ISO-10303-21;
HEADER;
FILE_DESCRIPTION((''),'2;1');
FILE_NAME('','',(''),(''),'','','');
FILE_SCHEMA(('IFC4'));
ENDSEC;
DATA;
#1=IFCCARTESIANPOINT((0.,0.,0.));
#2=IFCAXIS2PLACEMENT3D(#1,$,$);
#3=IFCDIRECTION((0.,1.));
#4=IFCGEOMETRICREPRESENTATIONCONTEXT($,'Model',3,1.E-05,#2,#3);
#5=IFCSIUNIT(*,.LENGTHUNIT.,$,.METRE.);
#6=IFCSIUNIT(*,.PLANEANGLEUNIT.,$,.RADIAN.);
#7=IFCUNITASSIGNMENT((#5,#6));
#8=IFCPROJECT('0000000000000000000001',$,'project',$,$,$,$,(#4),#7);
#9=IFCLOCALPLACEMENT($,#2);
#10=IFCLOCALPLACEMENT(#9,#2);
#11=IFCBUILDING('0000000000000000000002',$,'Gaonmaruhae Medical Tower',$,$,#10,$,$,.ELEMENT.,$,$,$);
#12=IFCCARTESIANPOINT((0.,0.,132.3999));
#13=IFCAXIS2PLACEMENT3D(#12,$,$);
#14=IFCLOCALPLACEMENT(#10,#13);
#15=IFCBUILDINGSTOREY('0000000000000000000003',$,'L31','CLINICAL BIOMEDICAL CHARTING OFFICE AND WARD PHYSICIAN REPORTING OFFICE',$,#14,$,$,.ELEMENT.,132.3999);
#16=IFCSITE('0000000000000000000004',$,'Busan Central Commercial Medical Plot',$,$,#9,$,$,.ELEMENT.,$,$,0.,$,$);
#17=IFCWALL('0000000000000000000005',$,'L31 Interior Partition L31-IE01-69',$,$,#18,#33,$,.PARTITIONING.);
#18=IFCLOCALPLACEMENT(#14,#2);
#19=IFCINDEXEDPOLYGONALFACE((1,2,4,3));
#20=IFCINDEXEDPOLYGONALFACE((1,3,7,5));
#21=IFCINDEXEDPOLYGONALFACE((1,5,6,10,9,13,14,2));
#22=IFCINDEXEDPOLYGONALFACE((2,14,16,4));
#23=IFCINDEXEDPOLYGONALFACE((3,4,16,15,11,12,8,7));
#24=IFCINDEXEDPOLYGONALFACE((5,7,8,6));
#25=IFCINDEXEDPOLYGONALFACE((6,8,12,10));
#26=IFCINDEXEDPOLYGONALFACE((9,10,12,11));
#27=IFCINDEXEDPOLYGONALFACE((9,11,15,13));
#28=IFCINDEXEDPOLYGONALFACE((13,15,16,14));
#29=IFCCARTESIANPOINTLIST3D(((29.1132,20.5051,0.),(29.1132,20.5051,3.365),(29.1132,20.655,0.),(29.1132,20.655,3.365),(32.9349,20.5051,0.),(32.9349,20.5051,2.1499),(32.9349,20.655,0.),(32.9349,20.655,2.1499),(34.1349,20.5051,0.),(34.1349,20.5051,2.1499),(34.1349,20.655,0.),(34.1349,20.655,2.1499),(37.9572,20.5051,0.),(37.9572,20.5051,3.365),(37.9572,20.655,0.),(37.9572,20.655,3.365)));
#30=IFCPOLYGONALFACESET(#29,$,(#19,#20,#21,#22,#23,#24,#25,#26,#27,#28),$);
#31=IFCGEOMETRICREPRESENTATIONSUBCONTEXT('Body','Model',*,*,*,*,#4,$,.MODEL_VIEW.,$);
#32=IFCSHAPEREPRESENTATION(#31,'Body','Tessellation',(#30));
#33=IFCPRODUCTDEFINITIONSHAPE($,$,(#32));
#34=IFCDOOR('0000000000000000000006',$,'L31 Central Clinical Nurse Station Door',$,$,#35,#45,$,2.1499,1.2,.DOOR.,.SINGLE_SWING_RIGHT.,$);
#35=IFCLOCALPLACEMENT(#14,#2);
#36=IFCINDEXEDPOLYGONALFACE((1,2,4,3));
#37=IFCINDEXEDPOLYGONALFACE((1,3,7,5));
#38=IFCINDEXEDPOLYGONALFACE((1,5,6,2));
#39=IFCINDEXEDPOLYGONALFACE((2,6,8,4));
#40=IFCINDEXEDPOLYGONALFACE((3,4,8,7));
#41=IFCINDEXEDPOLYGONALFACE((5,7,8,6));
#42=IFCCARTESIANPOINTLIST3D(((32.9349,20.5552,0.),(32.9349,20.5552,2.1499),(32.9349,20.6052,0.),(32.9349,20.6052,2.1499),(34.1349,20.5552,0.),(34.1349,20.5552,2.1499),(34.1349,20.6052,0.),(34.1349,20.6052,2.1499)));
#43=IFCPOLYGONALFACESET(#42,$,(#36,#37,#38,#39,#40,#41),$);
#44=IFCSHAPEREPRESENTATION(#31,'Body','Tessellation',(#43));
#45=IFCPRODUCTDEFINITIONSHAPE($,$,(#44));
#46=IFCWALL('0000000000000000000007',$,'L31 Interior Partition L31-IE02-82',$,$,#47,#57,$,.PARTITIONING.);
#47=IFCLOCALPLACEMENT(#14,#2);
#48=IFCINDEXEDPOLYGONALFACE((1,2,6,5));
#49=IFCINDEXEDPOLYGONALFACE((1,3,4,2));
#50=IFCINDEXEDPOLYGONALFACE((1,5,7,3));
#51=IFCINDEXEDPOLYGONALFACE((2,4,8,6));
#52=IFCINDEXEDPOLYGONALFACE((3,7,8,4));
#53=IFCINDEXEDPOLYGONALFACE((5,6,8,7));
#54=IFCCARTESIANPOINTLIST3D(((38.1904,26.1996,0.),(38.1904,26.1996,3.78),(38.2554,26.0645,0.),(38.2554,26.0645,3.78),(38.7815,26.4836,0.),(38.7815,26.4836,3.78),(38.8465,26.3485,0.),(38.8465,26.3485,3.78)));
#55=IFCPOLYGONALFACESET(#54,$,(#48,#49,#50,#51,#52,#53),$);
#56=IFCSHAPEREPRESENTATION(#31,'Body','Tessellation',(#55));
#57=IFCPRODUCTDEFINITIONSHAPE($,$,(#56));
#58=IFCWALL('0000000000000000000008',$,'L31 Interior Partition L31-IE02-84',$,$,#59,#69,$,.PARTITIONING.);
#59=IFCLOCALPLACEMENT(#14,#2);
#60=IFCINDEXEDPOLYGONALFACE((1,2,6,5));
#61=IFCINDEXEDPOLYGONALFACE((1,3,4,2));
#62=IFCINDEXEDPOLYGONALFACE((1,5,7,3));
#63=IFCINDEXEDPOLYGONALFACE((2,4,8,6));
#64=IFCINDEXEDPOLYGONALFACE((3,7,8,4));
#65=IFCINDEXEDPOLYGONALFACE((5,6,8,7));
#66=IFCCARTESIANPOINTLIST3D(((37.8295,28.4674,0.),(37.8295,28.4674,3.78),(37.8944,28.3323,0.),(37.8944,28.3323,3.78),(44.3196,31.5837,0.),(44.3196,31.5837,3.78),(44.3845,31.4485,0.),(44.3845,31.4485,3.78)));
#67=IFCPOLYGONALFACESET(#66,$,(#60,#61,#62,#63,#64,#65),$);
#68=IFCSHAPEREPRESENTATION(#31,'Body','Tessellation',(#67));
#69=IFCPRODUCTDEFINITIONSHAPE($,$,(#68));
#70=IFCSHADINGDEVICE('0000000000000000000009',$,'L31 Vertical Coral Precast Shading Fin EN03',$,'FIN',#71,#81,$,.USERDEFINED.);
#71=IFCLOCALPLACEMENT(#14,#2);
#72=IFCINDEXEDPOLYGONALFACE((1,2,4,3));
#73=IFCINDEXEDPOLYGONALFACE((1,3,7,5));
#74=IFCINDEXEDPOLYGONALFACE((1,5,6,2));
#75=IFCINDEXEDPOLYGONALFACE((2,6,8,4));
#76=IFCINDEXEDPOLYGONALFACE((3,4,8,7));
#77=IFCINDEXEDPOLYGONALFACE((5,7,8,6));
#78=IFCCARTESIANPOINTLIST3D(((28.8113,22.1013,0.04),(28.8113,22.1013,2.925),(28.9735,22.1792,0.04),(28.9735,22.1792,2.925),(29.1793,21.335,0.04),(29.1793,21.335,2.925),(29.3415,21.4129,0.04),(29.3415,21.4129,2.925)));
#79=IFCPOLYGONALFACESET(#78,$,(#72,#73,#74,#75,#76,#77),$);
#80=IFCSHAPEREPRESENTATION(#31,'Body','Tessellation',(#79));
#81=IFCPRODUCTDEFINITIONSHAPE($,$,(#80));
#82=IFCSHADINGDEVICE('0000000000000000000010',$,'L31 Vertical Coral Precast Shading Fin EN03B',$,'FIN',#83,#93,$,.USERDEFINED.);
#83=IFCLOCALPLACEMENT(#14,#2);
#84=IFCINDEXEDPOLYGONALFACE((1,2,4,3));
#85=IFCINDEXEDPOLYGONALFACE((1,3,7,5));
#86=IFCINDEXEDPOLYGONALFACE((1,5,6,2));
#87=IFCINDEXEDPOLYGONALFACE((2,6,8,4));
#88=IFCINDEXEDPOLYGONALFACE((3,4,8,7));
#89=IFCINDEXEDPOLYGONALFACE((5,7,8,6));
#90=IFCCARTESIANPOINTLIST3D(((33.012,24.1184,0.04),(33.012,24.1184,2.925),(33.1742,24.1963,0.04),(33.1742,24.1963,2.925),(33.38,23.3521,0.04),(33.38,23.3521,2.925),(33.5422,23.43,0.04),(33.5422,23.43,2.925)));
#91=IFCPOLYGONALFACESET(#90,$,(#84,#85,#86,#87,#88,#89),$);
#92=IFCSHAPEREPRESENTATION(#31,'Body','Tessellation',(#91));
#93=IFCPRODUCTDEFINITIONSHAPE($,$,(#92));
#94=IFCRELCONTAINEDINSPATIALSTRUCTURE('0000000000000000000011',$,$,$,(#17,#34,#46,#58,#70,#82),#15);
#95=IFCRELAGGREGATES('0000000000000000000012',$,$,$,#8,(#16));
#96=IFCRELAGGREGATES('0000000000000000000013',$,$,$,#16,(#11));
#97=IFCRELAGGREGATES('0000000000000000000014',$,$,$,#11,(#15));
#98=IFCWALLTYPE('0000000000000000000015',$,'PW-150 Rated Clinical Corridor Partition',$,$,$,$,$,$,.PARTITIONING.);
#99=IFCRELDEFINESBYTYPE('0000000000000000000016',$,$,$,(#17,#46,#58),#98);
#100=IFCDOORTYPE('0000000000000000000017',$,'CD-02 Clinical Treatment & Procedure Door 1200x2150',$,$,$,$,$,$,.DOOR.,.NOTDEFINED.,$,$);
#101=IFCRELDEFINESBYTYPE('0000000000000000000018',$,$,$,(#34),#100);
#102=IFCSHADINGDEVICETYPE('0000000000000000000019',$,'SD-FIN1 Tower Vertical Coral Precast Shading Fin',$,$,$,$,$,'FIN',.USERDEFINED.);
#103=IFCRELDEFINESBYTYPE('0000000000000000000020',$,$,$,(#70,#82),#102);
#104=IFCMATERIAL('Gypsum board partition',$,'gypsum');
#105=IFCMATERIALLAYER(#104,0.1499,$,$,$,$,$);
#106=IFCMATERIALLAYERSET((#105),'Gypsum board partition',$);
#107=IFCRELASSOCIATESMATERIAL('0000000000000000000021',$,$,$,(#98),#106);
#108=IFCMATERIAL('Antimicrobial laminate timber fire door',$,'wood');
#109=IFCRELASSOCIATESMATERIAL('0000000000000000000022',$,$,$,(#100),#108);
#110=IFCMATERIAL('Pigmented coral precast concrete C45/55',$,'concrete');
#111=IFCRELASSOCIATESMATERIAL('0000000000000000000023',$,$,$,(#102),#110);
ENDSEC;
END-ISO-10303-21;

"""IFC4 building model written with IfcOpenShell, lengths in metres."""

from ifc_helpers import new_model, si_unit, direction, frame, frame_2d, origin, origin_2d, place, context, subcontext, project, spatial, rectangle, extrude, material, layer, layer_set, type_object, element, fill, save


model = new_model("IFC4")

# Units and contexts
model_context = context("Model", 3, precision=1e-05, world=origin(), true_north=direction((0.0, 1.0)))
body_context = subcontext(model_context, "Body", "Model", "MODEL_VIEW")
ifc_project = project(units=[si_unit("LENGTHUNIT", "METRE"), si_unit("PLANEANGLEUNIT", "RADIAN")], contexts=[model_context])

# Site, building, storey
site_placement = place(None, origin())
site = spatial("IfcSite", under=ifc_project, at=site_placement, Name="Busan Central Commercial Medical Plot", CompositionType="ELEMENT", RefElevation=0.0)
building_placement = place(site_placement, origin())
building = spatial("IfcBuilding", under=site, at=building_placement, Name="Gaonmaruhae Medical Tower", CompositionType="ELEMENT")
storey_placement = place(building_placement, frame((0.0, 0.0, 132.3999)))
storey = spatial("IfcBuildingStorey", under=building, at=storey_placement, Name="L31", Description="CLINICAL BIOMEDICAL CHARTING OFFICE AND WARD PHYSICIAN REPORTING OFFICE", CompositionType="ELEMENT", Elevation=132.3999)

# Shared definitions
ifc_material_1 = material(Name="Gypsum board partition", Category="gypsum")
ifc_layer_1 = layer(ifc_material_1, 0.1499)
ifc_layer_set_1 = layer_set([ifc_layer_1], Name="Gypsum board partition")
wall_type_1 = type_object("IfcWallType", Name="PW-150 Rated Clinical Corridor Partition", PredefinedType="PARTITIONING", material=ifc_layer_set_1)

# Wall, opening, door
wall_1_placement = place(storey_placement, frame((37.957, 20.5801, 0.0), z_axis=(0.0, 0.0, 1.0), x_axis=(-1.0, 0.0, 0.0)))
wall_1 = element("IfcWall", 1, at=wall_1_placement, inside=storey, type_object=wall_type_1, Name="L31 Interior Partition L31-IE01-69", PredefinedType="PARTITIONING", context=body_context, shape_type="SweptSolid", body=[
    extrude(rectangle(XDim=8.844, YDim=0.1499, at=frame_2d((4.4219, 0.0))), origin(), (0.0, 0.0, 1.0), 3.365),
])
opening_1_placement = place(wall_1_placement, frame((3.822, 0.0, 0.0)))
opening_1 = element("IfcOpeningElement", 2, at=opening_1_placement, cuts=wall_1, PredefinedType="OPENING", context=body_context, shape_type="SweptSolid", body=[
    extrude(rectangle(XDim=1.2, YDim=2.1499, at=frame_2d((0.6001, 1.075))), frame((0.0, 0.085, 0.0), z_axis=(0.0, -1.0, 0.0), x_axis=(1.0, 0.0, 0.0)), (0.0, 0.0, 1.0), 0.1699),
])
ifc_material_2 = material(Name="Antimicrobial laminate timber fire door", Category="wood")
door_type = type_object("IfcDoorType", Name="CD-02 Clinical Treatment & Procedure Door 1200x2150", OperationType="NOTDEFINED", PredefinedType="DOOR", material=ifc_material_2)
door_placement = place(opening_1_placement, origin())
door = element("IfcDoor", 3, at=door_placement, inside=storey, type_object=door_type, Name="L31 Central Clinical Nurse Station Door", OperationType="SINGLE_SWING_RIGHT", OverallHeight=2.1499, OverallWidth=1.2, PredefinedType="DOOR", context=body_context, shape_type="SweptSolid", body=[
    extrude(rectangle(XDim=1.2, YDim=2.1499, at=frame_2d((0.6001, 1.075))), frame((0.0, 0.0249, 0.0), z_axis=(0.0, -1.0, 0.0), x_axis=(1.0, 0.0, 0.0)), (0.0, 0.0, 1.0), 0.05),
])
fill(opening_1, door)

# Walls
wall_2_placement = place(storey_placement, frame((38.2229, 26.1321, 0.0), z_axis=(0.0, 0.0, 1.0), x_axis=(0.901389, 0.433009, 0.0)))
element("IfcWall", 4, at=wall_2_placement, inside=storey, type_object=wall_type_1, Name="L31 Interior Partition L31-IE02-82", PredefinedType="PARTITIONING", context=body_context, shape_type="SweptSolid", body=[
    extrude(rectangle(XDim=0.6558, YDim=0.1499, at=frame_2d((0.3279, 0.0))), origin(), (0.0, 0.0, 1.0), 3.78),
])
wall_3_placement = place(storey_placement, frame((37.8621, 28.3999, 0.0), z_axis=(0.0, 0.0, 1.0), x_axis=(0.901468, 0.432846, 0.0)))
element("IfcWall", 5, at=wall_3_placement, inside=storey, type_object=wall_type_1, Name="L31 Interior Partition L31-IE02-84", PredefinedType="PARTITIONING", context=body_context, shape_type="SweptSolid", body=[
    extrude(rectangle(XDim=7.1995, YDim=0.1499, at=frame_2d((3.5996, 0.0))), origin(), (0.0, 0.0, 1.0), 3.78),
])

# Shading devices
ifc_material_3 = material(Name="Pigmented coral precast concrete C45/55", Category="concrete")
shading_device_type = type_object("IfcShadingDeviceType", Name="SD-FIN1 Tower Vertical Coral Precast Shading Fin", ElementType="FIN", PredefinedType="USERDEFINED", material=ifc_material_3)
for number, where, z_axis, x_axis, name in (
    (6, (29.0764, 21.7571, 0.04), (0.0, 0.0, 1.0), (0.901455, 0.432873, 0.0), "L31 Vertical Coral Precast Shading Fin EN03"),
    (7, (33.2771, 23.7742, 0.04), (0.0, 0.0, 1.0), (0.901455, 0.432873, 0.0), "L31 Vertical Coral Precast Shading Fin EN03B"),
):
    element("IfcShadingDevice", number, at=place(storey_placement, frame(where, z_axis=z_axis, x_axis=x_axis)), inside=storey, type_object=shading_device_type, Name=name, ObjectType="FIN", PredefinedType="USERDEFINED", context=body_context, shape_type="SweptSolid", body=[
        extrude(rectangle(XDim=0.1799, YDim=0.8501, at=origin_2d()), origin(), (0.0, 0.0, 1.0), 2.885),
    ])

save(model, "model.ifc")
